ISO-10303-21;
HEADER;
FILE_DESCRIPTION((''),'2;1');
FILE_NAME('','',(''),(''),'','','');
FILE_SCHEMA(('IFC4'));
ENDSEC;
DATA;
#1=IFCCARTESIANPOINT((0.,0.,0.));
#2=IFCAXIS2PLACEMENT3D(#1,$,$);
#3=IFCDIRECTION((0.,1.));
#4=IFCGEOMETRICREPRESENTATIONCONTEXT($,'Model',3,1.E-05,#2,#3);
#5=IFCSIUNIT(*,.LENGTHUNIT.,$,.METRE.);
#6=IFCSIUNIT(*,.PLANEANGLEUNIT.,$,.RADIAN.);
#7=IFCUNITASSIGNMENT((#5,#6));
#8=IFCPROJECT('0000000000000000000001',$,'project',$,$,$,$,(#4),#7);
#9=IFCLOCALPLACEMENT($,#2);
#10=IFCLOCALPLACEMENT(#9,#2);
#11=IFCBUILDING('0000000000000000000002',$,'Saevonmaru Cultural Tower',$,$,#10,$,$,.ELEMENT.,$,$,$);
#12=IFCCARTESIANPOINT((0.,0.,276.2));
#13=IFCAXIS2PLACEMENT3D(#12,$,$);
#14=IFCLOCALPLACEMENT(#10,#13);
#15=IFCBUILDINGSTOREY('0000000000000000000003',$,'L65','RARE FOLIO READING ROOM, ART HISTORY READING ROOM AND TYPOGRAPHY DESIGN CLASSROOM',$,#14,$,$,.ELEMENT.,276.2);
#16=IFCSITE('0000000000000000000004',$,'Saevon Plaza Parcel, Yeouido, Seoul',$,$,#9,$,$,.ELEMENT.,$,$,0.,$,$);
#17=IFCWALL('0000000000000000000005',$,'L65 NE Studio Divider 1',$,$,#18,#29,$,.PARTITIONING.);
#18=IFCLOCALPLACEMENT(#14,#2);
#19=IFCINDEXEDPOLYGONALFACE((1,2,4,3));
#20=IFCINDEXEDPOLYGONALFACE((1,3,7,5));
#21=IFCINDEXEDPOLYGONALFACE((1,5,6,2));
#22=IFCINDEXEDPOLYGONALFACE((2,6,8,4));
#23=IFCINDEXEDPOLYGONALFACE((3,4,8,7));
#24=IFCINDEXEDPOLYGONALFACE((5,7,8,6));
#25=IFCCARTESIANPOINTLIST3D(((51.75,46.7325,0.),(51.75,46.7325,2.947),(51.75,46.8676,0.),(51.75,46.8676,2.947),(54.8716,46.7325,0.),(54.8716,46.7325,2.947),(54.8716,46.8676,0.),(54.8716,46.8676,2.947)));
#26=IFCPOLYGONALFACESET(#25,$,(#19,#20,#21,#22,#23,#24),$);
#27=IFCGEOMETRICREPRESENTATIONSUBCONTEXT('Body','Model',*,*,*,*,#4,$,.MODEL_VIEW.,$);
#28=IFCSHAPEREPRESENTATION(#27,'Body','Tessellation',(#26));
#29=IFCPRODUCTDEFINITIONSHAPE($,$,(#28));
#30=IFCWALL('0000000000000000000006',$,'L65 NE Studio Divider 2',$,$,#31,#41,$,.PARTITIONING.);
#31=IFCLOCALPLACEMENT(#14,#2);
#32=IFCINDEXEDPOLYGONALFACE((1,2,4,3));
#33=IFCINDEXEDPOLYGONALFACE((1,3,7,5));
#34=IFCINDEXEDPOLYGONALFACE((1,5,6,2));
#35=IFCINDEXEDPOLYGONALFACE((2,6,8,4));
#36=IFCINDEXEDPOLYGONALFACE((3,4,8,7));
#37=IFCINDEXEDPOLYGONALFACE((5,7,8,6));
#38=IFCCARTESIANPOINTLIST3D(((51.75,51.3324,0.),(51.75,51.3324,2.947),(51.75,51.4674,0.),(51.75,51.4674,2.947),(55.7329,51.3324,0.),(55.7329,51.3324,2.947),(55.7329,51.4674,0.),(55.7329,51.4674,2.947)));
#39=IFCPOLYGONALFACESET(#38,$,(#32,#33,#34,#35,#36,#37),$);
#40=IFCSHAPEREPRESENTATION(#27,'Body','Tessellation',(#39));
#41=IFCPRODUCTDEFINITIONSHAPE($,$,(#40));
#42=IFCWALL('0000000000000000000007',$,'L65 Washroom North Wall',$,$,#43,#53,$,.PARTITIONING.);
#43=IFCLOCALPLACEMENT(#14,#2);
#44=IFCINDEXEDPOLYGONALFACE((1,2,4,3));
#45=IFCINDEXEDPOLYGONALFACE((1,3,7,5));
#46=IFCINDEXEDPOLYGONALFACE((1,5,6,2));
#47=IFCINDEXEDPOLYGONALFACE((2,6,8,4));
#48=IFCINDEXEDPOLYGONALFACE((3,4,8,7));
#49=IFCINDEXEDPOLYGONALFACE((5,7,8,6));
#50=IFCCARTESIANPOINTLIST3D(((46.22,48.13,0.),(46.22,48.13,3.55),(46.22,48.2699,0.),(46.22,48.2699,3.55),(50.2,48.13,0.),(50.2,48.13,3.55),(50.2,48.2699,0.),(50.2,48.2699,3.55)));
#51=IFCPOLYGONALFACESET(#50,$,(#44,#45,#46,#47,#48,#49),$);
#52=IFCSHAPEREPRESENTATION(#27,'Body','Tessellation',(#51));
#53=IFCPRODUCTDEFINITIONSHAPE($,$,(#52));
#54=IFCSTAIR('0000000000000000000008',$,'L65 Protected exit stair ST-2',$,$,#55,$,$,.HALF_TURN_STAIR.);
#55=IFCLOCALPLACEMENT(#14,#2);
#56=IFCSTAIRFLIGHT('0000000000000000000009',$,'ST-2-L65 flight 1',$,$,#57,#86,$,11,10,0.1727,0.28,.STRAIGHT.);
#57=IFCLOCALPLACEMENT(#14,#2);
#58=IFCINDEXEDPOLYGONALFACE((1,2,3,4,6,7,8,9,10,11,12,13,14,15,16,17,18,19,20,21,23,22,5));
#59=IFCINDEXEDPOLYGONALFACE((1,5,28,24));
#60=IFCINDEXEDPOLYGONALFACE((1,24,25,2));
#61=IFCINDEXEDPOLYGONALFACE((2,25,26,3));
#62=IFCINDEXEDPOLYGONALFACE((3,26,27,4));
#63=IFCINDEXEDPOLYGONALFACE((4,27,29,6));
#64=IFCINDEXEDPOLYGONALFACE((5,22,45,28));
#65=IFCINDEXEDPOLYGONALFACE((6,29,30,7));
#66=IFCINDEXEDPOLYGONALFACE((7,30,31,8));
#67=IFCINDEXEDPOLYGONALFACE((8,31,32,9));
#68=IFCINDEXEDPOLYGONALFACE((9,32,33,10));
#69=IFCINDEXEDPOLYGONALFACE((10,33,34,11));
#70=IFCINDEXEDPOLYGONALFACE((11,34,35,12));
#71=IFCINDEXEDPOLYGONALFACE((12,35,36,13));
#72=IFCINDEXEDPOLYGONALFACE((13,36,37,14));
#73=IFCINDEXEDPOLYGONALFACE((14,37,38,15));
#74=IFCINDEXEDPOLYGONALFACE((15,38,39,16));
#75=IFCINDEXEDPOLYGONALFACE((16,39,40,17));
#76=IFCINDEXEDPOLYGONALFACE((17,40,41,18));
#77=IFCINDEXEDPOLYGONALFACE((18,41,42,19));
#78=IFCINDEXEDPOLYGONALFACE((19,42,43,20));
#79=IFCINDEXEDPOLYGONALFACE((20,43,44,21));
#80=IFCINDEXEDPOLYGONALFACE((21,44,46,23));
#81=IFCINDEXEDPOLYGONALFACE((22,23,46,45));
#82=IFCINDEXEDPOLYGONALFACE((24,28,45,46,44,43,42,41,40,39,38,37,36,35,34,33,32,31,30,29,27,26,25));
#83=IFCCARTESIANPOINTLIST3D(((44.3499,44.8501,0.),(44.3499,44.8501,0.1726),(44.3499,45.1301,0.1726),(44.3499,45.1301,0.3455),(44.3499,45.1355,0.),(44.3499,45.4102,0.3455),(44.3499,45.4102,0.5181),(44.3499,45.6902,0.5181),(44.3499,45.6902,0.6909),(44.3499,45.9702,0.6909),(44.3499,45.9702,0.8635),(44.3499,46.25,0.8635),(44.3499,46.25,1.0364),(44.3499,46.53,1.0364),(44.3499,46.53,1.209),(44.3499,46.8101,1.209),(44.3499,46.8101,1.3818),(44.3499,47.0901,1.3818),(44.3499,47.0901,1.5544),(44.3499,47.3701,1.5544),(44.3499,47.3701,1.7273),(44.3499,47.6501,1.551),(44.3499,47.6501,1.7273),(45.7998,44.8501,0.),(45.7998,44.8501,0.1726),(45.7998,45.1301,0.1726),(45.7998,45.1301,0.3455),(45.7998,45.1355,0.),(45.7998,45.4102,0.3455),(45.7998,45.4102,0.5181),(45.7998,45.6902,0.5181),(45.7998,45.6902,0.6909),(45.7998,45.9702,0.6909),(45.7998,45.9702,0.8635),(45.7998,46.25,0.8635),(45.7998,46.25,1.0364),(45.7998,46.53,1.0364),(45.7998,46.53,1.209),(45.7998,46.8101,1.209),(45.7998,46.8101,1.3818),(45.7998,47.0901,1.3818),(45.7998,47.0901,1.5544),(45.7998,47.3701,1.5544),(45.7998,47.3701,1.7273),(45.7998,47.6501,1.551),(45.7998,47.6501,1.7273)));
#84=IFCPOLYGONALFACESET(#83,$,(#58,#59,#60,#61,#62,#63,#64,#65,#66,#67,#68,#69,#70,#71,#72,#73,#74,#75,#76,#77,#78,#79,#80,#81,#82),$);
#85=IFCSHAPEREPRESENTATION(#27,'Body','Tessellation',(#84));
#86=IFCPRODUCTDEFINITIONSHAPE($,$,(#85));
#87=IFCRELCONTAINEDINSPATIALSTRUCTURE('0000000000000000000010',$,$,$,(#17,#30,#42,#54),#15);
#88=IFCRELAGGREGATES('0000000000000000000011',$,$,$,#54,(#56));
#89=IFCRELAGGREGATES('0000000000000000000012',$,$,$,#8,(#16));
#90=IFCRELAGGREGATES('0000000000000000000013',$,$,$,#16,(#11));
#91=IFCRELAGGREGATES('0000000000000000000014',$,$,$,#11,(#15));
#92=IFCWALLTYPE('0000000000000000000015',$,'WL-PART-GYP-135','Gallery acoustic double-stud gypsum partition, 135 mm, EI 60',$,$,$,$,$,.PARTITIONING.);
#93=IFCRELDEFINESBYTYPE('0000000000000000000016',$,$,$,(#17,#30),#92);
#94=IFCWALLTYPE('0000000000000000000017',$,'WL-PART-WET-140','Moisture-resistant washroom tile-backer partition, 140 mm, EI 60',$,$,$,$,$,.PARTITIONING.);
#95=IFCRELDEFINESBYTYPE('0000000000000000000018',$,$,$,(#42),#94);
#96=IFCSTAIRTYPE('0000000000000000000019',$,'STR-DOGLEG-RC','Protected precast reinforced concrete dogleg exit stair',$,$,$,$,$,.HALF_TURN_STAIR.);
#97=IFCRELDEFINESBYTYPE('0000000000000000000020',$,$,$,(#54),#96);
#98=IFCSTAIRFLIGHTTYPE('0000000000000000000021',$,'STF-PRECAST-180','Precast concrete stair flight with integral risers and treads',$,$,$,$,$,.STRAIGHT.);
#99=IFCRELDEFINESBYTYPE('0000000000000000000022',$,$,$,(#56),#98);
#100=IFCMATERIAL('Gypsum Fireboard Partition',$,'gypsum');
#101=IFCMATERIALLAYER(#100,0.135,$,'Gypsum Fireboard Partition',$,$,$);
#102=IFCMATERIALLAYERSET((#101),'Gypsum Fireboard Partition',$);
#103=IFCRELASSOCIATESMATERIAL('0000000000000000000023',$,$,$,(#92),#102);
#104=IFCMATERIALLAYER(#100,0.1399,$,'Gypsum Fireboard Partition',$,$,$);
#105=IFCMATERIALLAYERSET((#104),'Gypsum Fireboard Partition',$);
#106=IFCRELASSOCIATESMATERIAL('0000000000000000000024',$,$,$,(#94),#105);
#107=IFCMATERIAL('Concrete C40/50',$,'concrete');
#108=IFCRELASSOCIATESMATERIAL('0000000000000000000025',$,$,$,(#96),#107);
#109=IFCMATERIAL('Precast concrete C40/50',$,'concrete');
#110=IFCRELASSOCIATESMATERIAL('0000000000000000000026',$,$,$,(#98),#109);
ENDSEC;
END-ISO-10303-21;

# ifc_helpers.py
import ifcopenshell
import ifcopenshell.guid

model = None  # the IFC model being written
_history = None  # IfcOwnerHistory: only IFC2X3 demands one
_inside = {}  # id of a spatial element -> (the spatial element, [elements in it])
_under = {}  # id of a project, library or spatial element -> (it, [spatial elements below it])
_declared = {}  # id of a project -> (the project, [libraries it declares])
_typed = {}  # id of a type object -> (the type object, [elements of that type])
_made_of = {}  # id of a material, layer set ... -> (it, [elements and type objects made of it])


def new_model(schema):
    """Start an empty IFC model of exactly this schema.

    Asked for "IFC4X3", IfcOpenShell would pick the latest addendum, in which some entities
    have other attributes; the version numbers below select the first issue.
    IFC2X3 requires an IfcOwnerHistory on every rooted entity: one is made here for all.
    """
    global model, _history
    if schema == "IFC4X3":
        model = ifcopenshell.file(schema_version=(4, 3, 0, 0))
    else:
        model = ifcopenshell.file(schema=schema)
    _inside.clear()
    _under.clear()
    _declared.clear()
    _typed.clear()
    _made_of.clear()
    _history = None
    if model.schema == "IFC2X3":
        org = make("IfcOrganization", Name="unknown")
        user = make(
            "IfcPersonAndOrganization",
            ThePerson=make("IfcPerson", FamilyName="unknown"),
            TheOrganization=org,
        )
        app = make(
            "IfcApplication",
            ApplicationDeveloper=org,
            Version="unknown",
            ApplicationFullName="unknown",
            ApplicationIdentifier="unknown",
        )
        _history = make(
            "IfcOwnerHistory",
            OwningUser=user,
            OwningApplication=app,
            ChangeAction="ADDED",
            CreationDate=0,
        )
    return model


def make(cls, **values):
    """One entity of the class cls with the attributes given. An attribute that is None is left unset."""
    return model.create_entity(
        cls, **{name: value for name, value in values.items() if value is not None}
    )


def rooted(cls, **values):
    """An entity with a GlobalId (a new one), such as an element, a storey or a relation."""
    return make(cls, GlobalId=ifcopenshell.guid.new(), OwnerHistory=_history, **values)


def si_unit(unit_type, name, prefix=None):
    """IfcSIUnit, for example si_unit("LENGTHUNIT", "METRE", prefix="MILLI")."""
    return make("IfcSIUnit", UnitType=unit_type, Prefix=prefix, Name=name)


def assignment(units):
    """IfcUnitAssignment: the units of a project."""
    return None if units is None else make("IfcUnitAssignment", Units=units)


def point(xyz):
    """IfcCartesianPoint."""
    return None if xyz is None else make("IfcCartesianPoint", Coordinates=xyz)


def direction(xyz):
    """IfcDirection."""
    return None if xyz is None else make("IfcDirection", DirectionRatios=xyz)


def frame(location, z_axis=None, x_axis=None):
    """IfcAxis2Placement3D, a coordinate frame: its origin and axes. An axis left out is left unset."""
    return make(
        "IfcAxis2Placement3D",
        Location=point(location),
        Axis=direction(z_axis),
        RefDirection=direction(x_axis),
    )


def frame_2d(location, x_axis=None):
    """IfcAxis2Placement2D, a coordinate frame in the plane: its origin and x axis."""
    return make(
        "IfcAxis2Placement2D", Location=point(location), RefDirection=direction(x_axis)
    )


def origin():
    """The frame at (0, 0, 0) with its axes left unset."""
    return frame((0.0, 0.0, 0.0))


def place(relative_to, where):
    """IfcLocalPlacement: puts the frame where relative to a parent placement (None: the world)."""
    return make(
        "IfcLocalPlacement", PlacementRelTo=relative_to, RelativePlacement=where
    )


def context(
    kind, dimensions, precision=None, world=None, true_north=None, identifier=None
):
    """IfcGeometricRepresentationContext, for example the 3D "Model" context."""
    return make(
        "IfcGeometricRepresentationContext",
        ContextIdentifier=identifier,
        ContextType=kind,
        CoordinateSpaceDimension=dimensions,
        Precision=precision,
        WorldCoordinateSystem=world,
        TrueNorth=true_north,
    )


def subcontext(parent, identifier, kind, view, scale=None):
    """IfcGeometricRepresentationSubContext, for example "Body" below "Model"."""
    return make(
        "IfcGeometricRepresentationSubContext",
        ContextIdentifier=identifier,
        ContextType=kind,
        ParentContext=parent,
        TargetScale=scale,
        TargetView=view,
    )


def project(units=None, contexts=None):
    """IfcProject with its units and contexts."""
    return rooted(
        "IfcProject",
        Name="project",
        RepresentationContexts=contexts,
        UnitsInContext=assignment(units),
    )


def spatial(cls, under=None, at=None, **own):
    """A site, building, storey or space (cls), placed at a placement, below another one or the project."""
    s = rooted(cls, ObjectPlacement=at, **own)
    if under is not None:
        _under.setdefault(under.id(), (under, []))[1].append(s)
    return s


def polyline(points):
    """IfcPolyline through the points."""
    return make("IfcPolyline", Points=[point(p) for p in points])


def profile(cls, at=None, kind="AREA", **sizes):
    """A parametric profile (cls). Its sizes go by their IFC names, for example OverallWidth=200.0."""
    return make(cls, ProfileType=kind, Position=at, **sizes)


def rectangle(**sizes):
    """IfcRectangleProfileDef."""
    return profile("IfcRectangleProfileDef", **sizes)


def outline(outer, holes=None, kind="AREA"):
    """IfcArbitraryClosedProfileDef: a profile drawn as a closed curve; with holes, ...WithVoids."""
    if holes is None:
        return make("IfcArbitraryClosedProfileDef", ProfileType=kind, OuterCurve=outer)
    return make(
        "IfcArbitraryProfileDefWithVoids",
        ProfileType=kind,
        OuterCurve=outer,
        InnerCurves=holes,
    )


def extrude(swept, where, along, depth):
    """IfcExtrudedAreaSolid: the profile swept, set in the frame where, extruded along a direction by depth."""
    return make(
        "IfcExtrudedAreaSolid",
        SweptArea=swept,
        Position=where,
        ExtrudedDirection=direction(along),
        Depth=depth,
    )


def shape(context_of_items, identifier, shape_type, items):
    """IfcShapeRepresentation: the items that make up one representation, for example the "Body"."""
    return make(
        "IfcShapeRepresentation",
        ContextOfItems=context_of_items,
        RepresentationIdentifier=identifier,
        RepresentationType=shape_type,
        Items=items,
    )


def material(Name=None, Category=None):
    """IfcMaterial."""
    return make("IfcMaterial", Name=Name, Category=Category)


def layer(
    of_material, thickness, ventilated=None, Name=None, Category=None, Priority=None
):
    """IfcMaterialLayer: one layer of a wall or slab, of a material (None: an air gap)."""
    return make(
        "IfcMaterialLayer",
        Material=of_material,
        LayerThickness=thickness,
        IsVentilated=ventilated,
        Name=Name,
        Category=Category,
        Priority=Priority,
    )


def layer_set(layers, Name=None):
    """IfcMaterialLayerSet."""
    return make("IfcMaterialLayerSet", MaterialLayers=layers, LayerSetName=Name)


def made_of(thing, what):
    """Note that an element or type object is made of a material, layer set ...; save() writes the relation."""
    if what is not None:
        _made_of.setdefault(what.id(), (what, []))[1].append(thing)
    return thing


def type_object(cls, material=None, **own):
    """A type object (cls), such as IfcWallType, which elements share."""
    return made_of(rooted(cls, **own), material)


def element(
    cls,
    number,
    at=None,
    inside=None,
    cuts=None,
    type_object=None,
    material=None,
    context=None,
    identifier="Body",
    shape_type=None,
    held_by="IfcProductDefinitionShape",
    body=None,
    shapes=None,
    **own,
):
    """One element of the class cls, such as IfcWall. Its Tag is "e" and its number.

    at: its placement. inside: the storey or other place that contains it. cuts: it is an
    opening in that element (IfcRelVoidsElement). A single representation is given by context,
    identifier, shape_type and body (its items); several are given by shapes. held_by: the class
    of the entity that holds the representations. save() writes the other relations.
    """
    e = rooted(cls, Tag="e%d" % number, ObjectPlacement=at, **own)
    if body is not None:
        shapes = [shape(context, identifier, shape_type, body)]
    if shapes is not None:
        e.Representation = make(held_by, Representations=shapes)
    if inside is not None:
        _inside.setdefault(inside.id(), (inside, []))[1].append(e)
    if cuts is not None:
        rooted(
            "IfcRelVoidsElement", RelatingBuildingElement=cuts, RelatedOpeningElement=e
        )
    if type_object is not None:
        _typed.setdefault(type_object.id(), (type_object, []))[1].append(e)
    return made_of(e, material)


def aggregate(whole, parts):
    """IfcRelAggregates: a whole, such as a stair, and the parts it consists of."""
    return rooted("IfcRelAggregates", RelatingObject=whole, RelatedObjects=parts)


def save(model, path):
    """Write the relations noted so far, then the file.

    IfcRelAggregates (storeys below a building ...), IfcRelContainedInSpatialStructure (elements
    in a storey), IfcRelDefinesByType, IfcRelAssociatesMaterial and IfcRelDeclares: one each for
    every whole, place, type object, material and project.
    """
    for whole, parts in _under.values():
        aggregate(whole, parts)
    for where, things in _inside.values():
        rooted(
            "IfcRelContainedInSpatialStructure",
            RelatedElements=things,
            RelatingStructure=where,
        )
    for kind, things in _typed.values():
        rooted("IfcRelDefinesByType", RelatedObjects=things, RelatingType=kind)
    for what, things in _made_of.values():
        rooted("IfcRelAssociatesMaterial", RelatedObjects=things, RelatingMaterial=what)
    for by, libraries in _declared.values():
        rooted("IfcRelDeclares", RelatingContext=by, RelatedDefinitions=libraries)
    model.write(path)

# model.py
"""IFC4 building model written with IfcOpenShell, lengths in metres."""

from ifc_helpers import new_model, si_unit, direction, frame, frame_2d, origin, place, context, subcontext, project, spatial, polyline, rectangle, outline, extrude, material, layer, layer_set, type_object, element, aggregate, save


model = new_model("IFC4")

# Units and contexts
model_context = context("Model", 3, precision=1e-05, world=origin(), true_north=direction((0.0, 1.0)))
body_context = subcontext(model_context, "Body", "Model", "MODEL_VIEW")
ifc_project = project(units=[si_unit("LENGTHUNIT", "METRE"), si_unit("PLANEANGLEUNIT", "RADIAN")], contexts=[model_context])

# Site, building, storey
site_placement = place(None, origin())
site = spatial("IfcSite", under=ifc_project, at=site_placement, Name="Saevon Plaza Parcel, Yeouido, Seoul", CompositionType="ELEMENT", RefElevation=0.0)
building_placement = place(site_placement, origin())
building = spatial("IfcBuilding", under=site, at=building_placement, Name="Saevonmaru Cultural Tower", CompositionType="ELEMENT")
storey_placement = place(building_placement, frame((0.0, 0.0, 276.2)))
storey = spatial("IfcBuildingStorey", under=building, at=storey_placement, Name="L65", Description="RARE FOLIO READING ROOM, ART HISTORY READING ROOM AND TYPOGRAPHY DESIGN CLASSROOM", CompositionType="ELEMENT", Elevation=276.2)

# Shared definitions
ifc_material_1 = material(Name="Gypsum Fireboard Partition", Category="gypsum")

# Walls
ifc_layer_1 = layer(ifc_material_1, 0.135, Name="Gypsum Fireboard Partition")
ifc_layer_set_1 = layer_set([ifc_layer_1], Name="Gypsum Fireboard Partition")
wall_type_1 = type_object("IfcWallType", Name="WL-PART-GYP-135", Description="Gallery acoustic double-stud gypsum partition, 135 mm, EI 60", PredefinedType="PARTITIONING", material=ifc_layer_set_1)
wall_1_placement = place(storey_placement, frame((51.75, 46.8, 0.0), z_axis=(0.0, 0.0, 1.0), x_axis=(1.0, 0.0, 0.0)))
element("IfcWall", 1, at=wall_1_placement, inside=storey, type_object=wall_type_1, Name="L65 NE Studio Divider 1", PredefinedType="PARTITIONING", context=body_context, shape_type="SweptSolid", body=[
    extrude(rectangle(XDim=3.1216, YDim=0.135, at=frame_2d((1.5608, 0.0))), origin(), (0.0, 0.0, 1.0), 2.947),
])
wall_2_placement = place(storey_placement, frame((51.75, 51.3999, 0.0), z_axis=(0.0, 0.0, 1.0), x_axis=(1.0, 0.0, 0.0)))
element("IfcWall", 2, at=wall_2_placement, inside=storey, type_object=wall_type_1, Name="L65 NE Studio Divider 2", PredefinedType="PARTITIONING", context=body_context, shape_type="SweptSolid", body=[
    extrude(rectangle(XDim=3.9829, YDim=0.135, at=frame_2d((1.9915, 0.0))), origin(), (0.0, 0.0, 1.0), 2.947),
])
ifc_layer_2 = layer(ifc_material_1, 0.1399, Name="Gypsum Fireboard Partition")
ifc_layer_set_2 = layer_set([ifc_layer_2], Name="Gypsum Fireboard Partition")
wall_type_2 = type_object("IfcWallType", Name="WL-PART-WET-140", Description="Moisture-resistant washroom tile-backer partition, 140 mm, EI 60", PredefinedType="PARTITIONING", material=ifc_layer_set_2)
wall_3_placement = place(storey_placement, frame((46.22, 48.2, 0.0), z_axis=(0.0, 0.0, 1.0), x_axis=(1.0, 0.0, 0.0)))
element("IfcWall", 3, at=wall_3_placement, inside=storey, type_object=wall_type_2, Name="L65 Washroom North Wall", PredefinedType="PARTITIONING", context=body_context, shape_type="SweptSolid", body=[
    extrude(rectangle(XDim=3.98, YDim=0.1399, at=frame_2d((1.99, 0.0))), origin(), (0.0, 0.0, 1.0), 3.55),
])

# Stair, stair flight
ifc_material_2 = material(Name="Concrete C40/50", Category="concrete")
stair_type = type_object("IfcStairType", Name="STR-DOGLEG-RC", Description="Protected precast reinforced concrete dogleg exit stair", PredefinedType="HALF_TURN_STAIR", material=ifc_material_2)
stair_placement = place(storey_placement, origin())
stair = element("IfcStair", 4, at=stair_placement, inside=storey, type_object=stair_type, Name="L65 Protected exit stair ST-2", PredefinedType="HALF_TURN_STAIR")
ifc_material_3 = material(Name="Precast concrete C40/50", Category="concrete")
stair_flight_type = type_object("IfcStairFlightType", Name="STF-PRECAST-180", Description="Precast concrete stair flight with integral risers and treads", PredefinedType="STRAIGHT", material=ifc_material_3)
stair_flight_placement = place(storey_placement, frame((45.075, 44.8501, 0.0), z_axis=(0.0, 0.0, 1.0), x_axis=(0.0, 1.0, 0.0)))
stair_flight = element("IfcStairFlight", 5, at=stair_flight_placement, type_object=stair_flight_type, Name="ST-2-L65 flight 1", NumberOfRisers=11, NumberOfTreads=10, PredefinedType="STRAIGHT", RiserHeight=0.1727, TreadLength=0.28, context=body_context, shape_type="SweptSolid", body=[
    extrude(outline(polyline([(0.0, 0.0), (0.0, 0.1726), (0.28, 0.1726), (0.28, 0.3455), (0.5601, 0.3455), (0.5601, 0.5181), (0.8401, 0.5181), (0.8401, 0.6909), (1.1201, 0.6909), (1.1201, 0.8635), (1.3999, 0.8635), (1.3999, 1.0364), (1.6799, 1.0364), (1.6799, 1.209), (1.96, 1.209), (1.96, 1.3818), (2.24, 1.3818), (2.24, 1.5544), (2.52, 1.5544), (2.52, 1.7273), (2.8, 1.7273), (2.8, 1.8999), (2.8, 1.551), (0.2854, 0.0), (0.0, 0.0)])), frame((0.0, 0.7251, 0.0), z_axis=(0.0, -1.0, 0.0), x_axis=(1.0, 0.0, 0.0)), (0.0, 0.0, 1.0), 1.45),
])
aggregate(stair, [stair_flight])

save(model, "model.ifc")
